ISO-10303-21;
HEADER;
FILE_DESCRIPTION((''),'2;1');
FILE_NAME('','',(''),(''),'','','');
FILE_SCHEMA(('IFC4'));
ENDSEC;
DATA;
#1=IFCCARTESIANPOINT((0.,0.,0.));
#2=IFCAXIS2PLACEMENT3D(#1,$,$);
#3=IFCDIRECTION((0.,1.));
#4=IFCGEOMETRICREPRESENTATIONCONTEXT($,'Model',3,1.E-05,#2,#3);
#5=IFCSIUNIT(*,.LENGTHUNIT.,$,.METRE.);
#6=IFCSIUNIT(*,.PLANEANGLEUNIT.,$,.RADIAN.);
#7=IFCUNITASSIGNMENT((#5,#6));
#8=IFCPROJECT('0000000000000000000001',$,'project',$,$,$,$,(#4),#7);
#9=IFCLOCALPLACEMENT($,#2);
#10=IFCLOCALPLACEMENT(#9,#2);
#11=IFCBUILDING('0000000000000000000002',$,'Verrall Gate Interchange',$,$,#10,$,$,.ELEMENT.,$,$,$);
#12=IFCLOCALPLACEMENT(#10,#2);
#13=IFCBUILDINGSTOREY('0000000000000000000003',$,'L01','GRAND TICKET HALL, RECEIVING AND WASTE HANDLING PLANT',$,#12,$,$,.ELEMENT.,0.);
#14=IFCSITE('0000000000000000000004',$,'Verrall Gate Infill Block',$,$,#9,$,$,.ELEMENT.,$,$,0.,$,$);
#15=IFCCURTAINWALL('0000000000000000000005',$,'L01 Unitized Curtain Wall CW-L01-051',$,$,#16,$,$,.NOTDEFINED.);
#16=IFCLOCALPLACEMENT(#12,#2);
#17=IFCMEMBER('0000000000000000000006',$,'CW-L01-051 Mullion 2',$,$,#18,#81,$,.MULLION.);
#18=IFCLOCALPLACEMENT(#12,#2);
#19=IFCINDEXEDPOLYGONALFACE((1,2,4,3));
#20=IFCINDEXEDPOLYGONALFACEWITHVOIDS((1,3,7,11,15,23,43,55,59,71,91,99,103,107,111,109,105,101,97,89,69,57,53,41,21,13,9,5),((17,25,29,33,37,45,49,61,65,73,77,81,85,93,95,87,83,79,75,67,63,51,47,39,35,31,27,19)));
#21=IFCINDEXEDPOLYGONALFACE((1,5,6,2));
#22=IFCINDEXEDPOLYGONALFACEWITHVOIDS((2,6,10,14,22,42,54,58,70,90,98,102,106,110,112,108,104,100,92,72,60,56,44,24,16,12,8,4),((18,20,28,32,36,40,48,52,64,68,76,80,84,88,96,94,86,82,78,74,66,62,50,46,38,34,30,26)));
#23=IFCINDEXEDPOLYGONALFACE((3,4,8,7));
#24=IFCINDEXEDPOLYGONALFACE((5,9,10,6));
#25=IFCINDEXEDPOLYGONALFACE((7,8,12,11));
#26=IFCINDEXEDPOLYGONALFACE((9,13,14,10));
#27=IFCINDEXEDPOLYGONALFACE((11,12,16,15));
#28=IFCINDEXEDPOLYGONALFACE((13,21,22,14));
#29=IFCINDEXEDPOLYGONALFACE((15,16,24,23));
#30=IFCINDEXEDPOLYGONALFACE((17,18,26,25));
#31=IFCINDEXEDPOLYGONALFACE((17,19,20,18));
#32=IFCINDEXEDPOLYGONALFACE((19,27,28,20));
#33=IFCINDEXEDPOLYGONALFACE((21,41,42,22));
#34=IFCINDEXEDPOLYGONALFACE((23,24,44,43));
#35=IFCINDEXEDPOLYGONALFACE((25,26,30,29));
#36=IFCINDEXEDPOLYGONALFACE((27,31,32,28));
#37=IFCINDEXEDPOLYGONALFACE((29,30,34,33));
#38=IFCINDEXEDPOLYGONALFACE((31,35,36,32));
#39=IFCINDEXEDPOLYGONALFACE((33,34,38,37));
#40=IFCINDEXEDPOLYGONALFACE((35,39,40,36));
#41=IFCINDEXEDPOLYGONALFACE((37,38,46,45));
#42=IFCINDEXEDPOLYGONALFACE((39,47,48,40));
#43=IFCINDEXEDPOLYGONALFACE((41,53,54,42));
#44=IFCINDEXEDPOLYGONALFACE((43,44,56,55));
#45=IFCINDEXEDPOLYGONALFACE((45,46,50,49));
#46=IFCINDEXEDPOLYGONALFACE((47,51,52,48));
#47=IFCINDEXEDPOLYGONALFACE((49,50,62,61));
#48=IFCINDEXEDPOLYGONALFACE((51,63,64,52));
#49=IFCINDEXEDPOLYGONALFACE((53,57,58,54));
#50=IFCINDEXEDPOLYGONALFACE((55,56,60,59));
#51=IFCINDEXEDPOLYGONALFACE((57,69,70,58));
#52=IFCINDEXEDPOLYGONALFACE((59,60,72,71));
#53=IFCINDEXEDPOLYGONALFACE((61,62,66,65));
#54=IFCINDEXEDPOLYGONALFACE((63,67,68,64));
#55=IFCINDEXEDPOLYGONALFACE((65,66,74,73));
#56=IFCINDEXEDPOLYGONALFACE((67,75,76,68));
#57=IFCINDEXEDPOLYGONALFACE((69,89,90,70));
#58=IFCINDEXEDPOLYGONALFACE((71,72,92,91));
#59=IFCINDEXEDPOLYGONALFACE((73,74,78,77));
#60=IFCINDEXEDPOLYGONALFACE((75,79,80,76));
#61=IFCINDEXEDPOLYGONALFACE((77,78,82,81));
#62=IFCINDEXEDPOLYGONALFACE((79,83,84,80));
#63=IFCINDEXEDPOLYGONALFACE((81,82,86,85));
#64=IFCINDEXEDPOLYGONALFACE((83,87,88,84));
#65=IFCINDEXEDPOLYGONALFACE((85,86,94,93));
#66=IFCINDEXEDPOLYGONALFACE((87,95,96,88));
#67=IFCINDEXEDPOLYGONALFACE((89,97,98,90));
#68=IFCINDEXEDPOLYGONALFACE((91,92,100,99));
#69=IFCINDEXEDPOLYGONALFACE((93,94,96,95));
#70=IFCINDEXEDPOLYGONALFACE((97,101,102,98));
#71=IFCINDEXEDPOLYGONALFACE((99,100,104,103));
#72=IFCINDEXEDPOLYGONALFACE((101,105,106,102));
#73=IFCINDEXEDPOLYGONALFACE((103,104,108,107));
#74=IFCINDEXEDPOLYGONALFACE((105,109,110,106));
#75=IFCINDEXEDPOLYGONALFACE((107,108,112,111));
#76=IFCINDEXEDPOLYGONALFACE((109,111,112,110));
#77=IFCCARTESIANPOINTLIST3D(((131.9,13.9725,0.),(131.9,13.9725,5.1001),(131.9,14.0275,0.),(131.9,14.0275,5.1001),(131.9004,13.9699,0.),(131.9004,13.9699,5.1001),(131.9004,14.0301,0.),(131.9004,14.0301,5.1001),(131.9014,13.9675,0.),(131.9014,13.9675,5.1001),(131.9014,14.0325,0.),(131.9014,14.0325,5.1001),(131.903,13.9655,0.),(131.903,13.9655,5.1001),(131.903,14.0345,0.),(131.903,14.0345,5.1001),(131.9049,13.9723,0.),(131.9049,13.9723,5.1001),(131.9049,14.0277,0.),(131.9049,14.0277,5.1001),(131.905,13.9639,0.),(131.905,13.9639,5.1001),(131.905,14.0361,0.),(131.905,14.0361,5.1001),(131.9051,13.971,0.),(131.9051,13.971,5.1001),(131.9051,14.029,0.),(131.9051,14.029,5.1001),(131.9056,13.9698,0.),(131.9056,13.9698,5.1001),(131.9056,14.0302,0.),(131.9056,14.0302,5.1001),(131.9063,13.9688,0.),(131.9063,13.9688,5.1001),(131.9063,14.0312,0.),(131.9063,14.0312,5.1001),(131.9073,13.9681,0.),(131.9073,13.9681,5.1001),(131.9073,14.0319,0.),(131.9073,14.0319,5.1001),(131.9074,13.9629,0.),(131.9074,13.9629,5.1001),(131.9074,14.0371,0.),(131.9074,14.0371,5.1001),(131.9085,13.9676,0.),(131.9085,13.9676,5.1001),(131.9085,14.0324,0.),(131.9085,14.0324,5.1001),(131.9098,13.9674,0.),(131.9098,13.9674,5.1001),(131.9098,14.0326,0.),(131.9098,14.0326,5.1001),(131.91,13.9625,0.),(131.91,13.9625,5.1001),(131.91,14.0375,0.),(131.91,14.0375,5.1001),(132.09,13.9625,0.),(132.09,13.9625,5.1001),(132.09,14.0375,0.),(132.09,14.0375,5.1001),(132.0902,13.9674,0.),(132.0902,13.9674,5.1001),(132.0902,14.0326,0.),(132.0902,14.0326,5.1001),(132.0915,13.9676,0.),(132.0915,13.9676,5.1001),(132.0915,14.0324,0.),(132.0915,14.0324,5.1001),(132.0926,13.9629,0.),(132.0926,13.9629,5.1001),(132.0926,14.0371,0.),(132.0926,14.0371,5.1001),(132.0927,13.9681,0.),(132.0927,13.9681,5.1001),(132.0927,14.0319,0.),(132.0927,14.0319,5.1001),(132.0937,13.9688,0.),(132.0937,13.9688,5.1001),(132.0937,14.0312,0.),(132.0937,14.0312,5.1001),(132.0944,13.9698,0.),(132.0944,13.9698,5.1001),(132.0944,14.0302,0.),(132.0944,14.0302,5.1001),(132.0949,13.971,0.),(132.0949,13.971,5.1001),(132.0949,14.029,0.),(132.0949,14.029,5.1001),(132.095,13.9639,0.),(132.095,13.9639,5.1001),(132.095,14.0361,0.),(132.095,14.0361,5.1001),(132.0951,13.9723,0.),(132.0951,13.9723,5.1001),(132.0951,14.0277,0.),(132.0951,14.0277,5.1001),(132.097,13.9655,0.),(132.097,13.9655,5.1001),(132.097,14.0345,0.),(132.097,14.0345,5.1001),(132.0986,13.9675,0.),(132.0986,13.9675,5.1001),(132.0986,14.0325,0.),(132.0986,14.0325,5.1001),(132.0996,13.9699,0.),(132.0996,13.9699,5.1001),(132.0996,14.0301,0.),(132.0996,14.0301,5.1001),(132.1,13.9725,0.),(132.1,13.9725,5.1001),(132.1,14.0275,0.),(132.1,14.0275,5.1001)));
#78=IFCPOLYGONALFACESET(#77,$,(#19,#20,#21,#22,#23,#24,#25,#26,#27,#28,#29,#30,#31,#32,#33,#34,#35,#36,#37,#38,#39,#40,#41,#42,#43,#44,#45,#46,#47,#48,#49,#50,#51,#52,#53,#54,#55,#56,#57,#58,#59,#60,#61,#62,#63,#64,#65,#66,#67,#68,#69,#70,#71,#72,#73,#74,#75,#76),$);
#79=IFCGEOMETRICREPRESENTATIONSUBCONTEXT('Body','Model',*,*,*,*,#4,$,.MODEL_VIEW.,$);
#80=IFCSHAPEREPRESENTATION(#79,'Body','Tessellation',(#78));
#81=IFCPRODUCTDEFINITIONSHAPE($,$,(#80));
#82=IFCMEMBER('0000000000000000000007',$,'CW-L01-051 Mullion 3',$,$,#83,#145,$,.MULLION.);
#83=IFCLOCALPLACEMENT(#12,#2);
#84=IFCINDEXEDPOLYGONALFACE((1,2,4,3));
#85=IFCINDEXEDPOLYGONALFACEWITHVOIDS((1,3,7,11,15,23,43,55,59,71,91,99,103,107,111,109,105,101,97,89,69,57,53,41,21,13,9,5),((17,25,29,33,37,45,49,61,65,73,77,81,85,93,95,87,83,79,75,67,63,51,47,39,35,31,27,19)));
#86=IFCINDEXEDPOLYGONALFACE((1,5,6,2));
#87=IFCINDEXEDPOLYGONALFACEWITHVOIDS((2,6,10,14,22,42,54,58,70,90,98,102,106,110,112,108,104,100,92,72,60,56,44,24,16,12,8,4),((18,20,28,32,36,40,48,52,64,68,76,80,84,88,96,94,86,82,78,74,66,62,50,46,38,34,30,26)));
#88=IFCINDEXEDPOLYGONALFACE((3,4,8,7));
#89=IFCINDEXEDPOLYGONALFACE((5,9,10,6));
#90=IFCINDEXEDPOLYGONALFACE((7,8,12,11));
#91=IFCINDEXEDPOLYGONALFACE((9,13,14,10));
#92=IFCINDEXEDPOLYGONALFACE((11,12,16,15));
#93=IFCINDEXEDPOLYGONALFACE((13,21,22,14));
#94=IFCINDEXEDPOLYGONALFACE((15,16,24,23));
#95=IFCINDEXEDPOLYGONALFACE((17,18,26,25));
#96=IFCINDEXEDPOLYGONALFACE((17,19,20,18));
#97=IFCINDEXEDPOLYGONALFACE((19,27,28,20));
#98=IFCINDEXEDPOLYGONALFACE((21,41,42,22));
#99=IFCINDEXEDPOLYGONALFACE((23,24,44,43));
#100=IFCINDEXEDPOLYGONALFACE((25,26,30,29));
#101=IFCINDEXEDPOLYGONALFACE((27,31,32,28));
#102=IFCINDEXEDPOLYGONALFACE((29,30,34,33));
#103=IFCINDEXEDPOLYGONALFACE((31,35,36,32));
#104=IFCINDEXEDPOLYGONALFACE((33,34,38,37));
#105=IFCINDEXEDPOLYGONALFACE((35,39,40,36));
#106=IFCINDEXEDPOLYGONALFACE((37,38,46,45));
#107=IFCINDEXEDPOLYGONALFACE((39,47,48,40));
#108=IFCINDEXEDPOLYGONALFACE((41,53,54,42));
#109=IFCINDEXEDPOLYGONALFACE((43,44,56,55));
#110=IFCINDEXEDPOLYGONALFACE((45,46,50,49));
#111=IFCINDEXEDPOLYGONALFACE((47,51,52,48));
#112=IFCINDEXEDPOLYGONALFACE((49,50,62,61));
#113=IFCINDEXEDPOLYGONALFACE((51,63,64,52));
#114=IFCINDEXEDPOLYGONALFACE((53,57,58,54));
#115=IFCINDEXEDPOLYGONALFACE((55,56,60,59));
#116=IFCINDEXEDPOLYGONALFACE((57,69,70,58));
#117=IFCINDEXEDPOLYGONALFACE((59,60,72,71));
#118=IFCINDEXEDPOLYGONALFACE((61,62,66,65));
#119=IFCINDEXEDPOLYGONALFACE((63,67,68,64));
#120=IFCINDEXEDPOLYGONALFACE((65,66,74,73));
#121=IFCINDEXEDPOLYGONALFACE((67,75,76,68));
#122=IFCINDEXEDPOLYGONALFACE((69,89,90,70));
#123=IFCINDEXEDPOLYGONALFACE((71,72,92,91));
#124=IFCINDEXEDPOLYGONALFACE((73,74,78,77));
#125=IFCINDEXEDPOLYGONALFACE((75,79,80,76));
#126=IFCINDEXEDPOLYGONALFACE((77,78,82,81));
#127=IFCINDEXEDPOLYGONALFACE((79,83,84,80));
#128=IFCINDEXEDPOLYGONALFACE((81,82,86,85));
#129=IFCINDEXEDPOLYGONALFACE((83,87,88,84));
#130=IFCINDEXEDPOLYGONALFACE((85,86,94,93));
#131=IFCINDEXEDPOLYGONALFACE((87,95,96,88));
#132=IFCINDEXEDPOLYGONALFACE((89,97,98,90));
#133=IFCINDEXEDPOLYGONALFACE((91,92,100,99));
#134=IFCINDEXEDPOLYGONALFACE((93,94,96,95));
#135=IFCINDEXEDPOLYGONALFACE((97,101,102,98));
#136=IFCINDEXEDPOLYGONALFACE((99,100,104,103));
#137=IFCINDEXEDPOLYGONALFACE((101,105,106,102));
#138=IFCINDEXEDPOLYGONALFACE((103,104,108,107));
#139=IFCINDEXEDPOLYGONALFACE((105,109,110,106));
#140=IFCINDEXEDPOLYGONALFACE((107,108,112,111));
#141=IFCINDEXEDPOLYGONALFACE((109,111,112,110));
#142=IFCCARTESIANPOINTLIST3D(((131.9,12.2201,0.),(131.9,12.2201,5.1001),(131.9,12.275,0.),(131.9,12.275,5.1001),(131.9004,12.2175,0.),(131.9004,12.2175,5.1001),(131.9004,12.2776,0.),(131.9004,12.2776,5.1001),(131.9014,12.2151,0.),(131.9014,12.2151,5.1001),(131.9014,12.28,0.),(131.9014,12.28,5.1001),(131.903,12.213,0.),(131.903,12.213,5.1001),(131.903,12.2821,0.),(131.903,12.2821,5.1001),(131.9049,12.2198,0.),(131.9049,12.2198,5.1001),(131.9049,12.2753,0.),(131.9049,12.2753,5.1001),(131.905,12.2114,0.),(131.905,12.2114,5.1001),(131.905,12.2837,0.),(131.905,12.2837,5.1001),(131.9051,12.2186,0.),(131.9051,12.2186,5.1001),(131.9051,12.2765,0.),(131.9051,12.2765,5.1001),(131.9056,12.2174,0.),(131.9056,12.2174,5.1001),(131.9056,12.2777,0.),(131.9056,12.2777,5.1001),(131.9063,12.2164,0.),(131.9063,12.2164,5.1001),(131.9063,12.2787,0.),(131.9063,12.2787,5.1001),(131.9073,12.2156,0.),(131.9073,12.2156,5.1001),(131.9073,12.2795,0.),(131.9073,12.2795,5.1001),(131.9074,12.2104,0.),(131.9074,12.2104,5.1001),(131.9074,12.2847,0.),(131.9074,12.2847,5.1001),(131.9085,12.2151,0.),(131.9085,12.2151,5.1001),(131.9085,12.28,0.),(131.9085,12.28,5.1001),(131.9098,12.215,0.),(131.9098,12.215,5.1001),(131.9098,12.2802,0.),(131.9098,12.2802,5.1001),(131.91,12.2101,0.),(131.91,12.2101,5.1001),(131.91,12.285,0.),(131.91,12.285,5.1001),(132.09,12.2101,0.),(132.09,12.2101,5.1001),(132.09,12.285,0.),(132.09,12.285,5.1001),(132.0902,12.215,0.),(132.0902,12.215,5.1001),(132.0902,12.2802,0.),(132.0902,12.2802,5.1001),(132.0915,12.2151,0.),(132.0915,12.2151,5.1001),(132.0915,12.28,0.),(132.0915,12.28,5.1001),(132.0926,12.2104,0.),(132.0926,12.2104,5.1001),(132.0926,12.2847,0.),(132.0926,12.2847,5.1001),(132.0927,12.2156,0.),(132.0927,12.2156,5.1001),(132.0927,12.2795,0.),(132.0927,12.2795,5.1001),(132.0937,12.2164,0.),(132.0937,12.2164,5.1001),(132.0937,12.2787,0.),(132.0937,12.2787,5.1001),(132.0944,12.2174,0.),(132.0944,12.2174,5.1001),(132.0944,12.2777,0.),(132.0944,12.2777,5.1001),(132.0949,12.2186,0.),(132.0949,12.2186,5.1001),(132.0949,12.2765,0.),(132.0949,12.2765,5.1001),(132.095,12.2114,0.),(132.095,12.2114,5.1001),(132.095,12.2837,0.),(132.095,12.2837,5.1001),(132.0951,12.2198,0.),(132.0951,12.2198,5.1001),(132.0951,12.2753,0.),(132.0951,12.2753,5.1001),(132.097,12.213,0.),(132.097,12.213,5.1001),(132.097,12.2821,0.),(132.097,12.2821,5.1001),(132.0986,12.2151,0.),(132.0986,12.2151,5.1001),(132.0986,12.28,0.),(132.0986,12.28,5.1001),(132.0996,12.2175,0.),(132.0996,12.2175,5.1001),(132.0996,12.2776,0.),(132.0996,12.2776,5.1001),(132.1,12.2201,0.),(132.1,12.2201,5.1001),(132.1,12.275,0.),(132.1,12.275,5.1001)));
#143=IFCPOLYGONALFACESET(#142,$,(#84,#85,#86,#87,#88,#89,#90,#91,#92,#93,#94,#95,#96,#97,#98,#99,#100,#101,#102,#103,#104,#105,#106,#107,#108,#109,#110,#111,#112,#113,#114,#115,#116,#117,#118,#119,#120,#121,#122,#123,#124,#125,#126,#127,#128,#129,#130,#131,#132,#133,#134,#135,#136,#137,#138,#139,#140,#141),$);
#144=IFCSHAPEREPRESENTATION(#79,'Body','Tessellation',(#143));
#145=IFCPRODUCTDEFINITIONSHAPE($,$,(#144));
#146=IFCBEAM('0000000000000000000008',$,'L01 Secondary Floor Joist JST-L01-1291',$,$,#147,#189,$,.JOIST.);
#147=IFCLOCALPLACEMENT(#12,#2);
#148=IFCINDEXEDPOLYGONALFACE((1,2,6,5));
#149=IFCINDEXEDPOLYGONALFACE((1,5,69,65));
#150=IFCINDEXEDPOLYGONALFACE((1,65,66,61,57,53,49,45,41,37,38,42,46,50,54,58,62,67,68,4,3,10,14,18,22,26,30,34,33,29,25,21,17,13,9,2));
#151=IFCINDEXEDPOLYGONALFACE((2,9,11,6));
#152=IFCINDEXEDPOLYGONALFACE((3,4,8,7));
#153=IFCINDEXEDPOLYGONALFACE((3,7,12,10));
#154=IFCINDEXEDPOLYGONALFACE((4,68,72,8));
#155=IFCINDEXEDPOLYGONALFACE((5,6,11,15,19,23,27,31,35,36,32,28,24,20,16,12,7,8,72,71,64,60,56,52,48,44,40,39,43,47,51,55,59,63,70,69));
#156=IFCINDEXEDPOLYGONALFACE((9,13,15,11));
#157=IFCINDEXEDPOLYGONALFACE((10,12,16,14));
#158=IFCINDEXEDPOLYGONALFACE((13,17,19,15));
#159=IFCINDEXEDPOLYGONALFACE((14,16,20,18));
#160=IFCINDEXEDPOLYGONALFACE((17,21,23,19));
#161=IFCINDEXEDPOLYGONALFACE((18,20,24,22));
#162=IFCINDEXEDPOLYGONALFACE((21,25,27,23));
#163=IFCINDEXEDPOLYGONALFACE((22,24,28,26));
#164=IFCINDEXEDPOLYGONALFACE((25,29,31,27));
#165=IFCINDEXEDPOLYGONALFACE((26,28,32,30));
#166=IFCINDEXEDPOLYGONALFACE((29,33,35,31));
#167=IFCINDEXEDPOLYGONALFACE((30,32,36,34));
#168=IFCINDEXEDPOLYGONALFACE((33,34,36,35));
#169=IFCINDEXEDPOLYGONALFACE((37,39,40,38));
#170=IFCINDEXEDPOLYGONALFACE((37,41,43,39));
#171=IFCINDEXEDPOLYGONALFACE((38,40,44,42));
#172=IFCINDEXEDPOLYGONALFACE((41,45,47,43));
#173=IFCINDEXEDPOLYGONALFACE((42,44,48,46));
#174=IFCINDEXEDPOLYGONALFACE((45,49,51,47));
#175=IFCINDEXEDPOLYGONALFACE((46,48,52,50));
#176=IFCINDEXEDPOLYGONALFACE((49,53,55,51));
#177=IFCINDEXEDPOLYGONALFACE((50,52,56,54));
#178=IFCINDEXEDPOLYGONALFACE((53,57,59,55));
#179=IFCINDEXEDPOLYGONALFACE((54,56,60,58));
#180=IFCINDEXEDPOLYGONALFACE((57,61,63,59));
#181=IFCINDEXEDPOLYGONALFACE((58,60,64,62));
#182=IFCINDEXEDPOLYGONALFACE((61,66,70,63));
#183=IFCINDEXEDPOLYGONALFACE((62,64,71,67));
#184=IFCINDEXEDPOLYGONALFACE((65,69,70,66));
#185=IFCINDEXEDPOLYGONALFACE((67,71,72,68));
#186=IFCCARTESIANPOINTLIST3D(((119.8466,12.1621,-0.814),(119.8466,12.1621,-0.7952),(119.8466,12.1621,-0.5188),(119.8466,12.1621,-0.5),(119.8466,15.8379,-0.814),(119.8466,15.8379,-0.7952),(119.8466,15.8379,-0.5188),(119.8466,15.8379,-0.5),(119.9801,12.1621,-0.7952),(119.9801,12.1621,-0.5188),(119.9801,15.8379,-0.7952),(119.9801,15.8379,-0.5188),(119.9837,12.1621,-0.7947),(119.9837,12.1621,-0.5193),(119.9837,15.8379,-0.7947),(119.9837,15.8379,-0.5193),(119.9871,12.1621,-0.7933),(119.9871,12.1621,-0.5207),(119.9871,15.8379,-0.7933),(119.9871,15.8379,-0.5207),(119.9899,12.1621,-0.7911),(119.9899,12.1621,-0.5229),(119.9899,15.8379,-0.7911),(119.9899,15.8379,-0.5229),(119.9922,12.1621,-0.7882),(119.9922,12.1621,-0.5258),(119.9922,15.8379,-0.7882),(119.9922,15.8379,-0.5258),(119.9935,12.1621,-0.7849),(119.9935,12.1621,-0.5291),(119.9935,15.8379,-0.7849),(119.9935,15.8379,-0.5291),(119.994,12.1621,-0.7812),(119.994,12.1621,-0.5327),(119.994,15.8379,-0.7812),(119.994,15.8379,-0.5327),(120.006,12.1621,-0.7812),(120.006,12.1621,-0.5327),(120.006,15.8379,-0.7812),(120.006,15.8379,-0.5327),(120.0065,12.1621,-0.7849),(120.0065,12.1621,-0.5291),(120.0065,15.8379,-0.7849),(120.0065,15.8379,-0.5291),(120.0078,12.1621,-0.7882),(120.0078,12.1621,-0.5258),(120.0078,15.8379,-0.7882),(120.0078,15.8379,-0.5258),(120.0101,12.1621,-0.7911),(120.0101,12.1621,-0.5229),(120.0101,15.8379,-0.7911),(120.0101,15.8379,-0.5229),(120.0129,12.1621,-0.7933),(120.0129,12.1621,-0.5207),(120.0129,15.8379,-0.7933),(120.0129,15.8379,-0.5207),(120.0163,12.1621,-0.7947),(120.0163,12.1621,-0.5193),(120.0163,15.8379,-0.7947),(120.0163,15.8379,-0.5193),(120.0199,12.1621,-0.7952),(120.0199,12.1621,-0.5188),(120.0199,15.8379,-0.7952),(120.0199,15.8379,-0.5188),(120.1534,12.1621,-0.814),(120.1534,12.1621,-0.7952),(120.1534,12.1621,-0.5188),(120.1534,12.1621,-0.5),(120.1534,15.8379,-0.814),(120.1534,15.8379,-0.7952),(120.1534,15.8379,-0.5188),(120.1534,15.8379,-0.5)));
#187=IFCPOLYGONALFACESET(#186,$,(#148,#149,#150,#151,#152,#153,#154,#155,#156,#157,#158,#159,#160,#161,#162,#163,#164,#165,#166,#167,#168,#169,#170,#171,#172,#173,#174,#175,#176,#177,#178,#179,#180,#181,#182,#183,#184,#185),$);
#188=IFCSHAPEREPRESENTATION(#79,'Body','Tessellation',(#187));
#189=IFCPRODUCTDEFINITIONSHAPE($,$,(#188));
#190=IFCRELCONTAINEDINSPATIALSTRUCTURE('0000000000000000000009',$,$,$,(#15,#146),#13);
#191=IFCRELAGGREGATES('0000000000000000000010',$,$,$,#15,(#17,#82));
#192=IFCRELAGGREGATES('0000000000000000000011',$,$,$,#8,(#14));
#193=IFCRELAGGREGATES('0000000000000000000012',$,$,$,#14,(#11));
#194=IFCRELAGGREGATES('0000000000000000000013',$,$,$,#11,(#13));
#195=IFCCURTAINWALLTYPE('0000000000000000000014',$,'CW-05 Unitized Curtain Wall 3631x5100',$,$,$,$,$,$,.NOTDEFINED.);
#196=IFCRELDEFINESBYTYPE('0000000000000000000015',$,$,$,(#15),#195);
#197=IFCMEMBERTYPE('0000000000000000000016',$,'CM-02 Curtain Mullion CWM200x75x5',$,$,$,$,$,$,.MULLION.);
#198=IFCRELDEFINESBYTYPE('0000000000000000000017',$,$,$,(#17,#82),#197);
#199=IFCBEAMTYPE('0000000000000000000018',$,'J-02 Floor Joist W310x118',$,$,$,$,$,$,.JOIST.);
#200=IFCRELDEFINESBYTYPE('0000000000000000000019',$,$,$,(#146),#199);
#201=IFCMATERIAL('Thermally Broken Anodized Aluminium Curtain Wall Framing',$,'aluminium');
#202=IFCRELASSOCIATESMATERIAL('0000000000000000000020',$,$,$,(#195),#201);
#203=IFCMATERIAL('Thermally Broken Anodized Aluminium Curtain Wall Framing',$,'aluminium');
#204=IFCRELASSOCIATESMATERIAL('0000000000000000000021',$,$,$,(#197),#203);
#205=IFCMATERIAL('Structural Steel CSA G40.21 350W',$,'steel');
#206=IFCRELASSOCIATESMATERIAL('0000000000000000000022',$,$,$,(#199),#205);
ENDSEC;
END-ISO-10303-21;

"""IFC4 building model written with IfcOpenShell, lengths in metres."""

from ifc_helpers import new_model, si_unit, direction, frame, origin, origin_2d, place, context, subcontext, project, spatial, hollow_rectangle, i_section, extrude, material, material_profile, profile_set, type_object, element, aggregate, save


model = new_model("IFC4")

# Units and contexts
model_context = context("Model", 3, precision=1e-05, world=origin(), true_north=direction((0.0, 1.0)))
body_context = subcontext(model_context, "Body", "Model", "MODEL_VIEW")
ifc_project = project(units=[si_unit("LENGTHUNIT", "METRE"), si_unit("PLANEANGLEUNIT", "RADIAN")], contexts=[model_context])

# Site, building, storey
site_placement = place(None, origin())
site = spatial("IfcSite", under=ifc_project, at=site_placement, Name="Verrall Gate Infill Block", CompositionType="ELEMENT", RefElevation=0.0)
building_placement = place(site_placement, origin())
building = spatial("IfcBuilding", under=site, at=building_placement, Name="Verrall Gate Interchange", CompositionType="ELEMENT")
storey_placement = place(building_placement, origin())
storey = spatial("IfcBuildingStorey", under=building, at=storey_placement, Name="L01", Description="GRAND TICKET HALL, RECEIVING AND WASTE HANDLING PLANT", CompositionType="ELEMENT", Elevation=0.0)

# Curtain wall, members
ifc_material_1 = material(Name="Thermally Broken Anodized Aluminium Curtain Wall Framing", Category="aluminium")
curtain_wall_type = type_object("IfcCurtainWallType", Name="CW-05 Unitized Curtain Wall 3631x5100", PredefinedType="NOTDEFINED", material=ifc_material_1)
curtain_wall_placement = place(storey_placement, origin())
curtain_wall = element("IfcCurtainWall", 1, at=curtain_wall_placement, inside=storey, type_object=curtain_wall_type, Name="L01 Unitized Curtain Wall CW-L01-051", PredefinedType="NOTDEFINED")
ifc_material_2 = material(Name="Thermally Broken Anodized Aluminium Curtain Wall Framing", Category="aluminium")
ifc_material_profile_1 = material_profile(ifc_material_2, hollow_rectangle(XDim=0.075, YDim=0.2, WallThickness=0.0049, InnerFilletRadius=0.0049, OuterFilletRadius=0.01, at=origin_2d()), Name="CWM200x75x5")
ifc_profile_set_1 = profile_set([ifc_material_profile_1], Name="Thermally Broken Anodized Aluminium Curtain Wall Framing")
member_type = type_object("IfcMemberType", Name="CM-02 Curtain Mullion CWM200x75x5", PredefinedType="MULLION", material=ifc_profile_set_1)
member_1_placement = place(storey_placement, frame((132.0, 14.0, 0.0), z_axis=(0.0, 0.0, 1.0), x_axis=(0.0, -1.0, 0.0)))
member_1 = element("IfcMember", 2, at=member_1_placement, type_object=member_type, Name="CW-L01-051 Mullion 2", PredefinedType="MULLION", context=body_context, shape_type="SweptSolid", body=[
    extrude(hollow_rectangle(XDim=0.075, YDim=0.2, WallThickness=0.0049, InnerFilletRadius=0.0049, OuterFilletRadius=0.01, at=origin_2d()), origin(), (0.0, 0.0, 1.0), 5.1001),
])
member_2_placement = place(storey_placement, frame((132.0, 12.2476, 0.0), z_axis=(0.0, 0.0, 1.0), x_axis=(0.0, -1.0, 0.0)))
member_2 = element("IfcMember", 3, at=member_2_placement, type_object=member_type, Name="CW-L01-051 Mullion 3", PredefinedType="MULLION", context=body_context, shape_type="SweptSolid", body=[
    extrude(hollow_rectangle(XDim=0.075, YDim=0.2, WallThickness=0.0049, InnerFilletRadius=0.0049, OuterFilletRadius=0.01, at=origin_2d()), origin(), (0.0, 0.0, 1.0), 5.1001),
])

# Beam
ifc_material_3 = material(Name="Structural Steel CSA G40.21 350W", Category="steel")
ifc_material_profile_2 = material_profile(ifc_material_3, i_section(OverallWidth=0.3069, OverallDepth=0.314, WebThickness=0.012, FlangeThickness=0.0188, FilletRadius=0.0139, at=origin_2d()), Name="W310x118")
ifc_profile_set_2 = profile_set([ifc_material_profile_2], Name="Structural Steel CSA G40.21 350W")
beam_type_1 = type_object("IfcBeamType", Name="J-02 Floor Joist W310x118", PredefinedType="JOIST", material=ifc_profile_set_2)
beam_1_placement = place(storey_placement, frame((120.0, 12.1621, -0.657), z_axis=(0.0, 1.0, 0.0), x_axis=(-1.0, 0.0, 0.0)))
element("IfcBeam", 4, at=beam_1_placement, inside=storey, type_object=beam_type_1, Name="L01 Secondary Floor Joist JST-L01-1291", PredefinedType="JOIST", context=body_context, shape_type="SweptSolid", body=[
    extrude(i_section(OverallWidth=0.3069, OverallDepth=0.314, WebThickness=0.012, FlangeThickness=0.0188, FilletRadius=0.0139, at=origin_2d()), origin(), (0.0, 0.0, 1.0), 3.6758),
])

aggregate(curtain_wall, [member_1, member_2])

save(model, "model.ifc")
